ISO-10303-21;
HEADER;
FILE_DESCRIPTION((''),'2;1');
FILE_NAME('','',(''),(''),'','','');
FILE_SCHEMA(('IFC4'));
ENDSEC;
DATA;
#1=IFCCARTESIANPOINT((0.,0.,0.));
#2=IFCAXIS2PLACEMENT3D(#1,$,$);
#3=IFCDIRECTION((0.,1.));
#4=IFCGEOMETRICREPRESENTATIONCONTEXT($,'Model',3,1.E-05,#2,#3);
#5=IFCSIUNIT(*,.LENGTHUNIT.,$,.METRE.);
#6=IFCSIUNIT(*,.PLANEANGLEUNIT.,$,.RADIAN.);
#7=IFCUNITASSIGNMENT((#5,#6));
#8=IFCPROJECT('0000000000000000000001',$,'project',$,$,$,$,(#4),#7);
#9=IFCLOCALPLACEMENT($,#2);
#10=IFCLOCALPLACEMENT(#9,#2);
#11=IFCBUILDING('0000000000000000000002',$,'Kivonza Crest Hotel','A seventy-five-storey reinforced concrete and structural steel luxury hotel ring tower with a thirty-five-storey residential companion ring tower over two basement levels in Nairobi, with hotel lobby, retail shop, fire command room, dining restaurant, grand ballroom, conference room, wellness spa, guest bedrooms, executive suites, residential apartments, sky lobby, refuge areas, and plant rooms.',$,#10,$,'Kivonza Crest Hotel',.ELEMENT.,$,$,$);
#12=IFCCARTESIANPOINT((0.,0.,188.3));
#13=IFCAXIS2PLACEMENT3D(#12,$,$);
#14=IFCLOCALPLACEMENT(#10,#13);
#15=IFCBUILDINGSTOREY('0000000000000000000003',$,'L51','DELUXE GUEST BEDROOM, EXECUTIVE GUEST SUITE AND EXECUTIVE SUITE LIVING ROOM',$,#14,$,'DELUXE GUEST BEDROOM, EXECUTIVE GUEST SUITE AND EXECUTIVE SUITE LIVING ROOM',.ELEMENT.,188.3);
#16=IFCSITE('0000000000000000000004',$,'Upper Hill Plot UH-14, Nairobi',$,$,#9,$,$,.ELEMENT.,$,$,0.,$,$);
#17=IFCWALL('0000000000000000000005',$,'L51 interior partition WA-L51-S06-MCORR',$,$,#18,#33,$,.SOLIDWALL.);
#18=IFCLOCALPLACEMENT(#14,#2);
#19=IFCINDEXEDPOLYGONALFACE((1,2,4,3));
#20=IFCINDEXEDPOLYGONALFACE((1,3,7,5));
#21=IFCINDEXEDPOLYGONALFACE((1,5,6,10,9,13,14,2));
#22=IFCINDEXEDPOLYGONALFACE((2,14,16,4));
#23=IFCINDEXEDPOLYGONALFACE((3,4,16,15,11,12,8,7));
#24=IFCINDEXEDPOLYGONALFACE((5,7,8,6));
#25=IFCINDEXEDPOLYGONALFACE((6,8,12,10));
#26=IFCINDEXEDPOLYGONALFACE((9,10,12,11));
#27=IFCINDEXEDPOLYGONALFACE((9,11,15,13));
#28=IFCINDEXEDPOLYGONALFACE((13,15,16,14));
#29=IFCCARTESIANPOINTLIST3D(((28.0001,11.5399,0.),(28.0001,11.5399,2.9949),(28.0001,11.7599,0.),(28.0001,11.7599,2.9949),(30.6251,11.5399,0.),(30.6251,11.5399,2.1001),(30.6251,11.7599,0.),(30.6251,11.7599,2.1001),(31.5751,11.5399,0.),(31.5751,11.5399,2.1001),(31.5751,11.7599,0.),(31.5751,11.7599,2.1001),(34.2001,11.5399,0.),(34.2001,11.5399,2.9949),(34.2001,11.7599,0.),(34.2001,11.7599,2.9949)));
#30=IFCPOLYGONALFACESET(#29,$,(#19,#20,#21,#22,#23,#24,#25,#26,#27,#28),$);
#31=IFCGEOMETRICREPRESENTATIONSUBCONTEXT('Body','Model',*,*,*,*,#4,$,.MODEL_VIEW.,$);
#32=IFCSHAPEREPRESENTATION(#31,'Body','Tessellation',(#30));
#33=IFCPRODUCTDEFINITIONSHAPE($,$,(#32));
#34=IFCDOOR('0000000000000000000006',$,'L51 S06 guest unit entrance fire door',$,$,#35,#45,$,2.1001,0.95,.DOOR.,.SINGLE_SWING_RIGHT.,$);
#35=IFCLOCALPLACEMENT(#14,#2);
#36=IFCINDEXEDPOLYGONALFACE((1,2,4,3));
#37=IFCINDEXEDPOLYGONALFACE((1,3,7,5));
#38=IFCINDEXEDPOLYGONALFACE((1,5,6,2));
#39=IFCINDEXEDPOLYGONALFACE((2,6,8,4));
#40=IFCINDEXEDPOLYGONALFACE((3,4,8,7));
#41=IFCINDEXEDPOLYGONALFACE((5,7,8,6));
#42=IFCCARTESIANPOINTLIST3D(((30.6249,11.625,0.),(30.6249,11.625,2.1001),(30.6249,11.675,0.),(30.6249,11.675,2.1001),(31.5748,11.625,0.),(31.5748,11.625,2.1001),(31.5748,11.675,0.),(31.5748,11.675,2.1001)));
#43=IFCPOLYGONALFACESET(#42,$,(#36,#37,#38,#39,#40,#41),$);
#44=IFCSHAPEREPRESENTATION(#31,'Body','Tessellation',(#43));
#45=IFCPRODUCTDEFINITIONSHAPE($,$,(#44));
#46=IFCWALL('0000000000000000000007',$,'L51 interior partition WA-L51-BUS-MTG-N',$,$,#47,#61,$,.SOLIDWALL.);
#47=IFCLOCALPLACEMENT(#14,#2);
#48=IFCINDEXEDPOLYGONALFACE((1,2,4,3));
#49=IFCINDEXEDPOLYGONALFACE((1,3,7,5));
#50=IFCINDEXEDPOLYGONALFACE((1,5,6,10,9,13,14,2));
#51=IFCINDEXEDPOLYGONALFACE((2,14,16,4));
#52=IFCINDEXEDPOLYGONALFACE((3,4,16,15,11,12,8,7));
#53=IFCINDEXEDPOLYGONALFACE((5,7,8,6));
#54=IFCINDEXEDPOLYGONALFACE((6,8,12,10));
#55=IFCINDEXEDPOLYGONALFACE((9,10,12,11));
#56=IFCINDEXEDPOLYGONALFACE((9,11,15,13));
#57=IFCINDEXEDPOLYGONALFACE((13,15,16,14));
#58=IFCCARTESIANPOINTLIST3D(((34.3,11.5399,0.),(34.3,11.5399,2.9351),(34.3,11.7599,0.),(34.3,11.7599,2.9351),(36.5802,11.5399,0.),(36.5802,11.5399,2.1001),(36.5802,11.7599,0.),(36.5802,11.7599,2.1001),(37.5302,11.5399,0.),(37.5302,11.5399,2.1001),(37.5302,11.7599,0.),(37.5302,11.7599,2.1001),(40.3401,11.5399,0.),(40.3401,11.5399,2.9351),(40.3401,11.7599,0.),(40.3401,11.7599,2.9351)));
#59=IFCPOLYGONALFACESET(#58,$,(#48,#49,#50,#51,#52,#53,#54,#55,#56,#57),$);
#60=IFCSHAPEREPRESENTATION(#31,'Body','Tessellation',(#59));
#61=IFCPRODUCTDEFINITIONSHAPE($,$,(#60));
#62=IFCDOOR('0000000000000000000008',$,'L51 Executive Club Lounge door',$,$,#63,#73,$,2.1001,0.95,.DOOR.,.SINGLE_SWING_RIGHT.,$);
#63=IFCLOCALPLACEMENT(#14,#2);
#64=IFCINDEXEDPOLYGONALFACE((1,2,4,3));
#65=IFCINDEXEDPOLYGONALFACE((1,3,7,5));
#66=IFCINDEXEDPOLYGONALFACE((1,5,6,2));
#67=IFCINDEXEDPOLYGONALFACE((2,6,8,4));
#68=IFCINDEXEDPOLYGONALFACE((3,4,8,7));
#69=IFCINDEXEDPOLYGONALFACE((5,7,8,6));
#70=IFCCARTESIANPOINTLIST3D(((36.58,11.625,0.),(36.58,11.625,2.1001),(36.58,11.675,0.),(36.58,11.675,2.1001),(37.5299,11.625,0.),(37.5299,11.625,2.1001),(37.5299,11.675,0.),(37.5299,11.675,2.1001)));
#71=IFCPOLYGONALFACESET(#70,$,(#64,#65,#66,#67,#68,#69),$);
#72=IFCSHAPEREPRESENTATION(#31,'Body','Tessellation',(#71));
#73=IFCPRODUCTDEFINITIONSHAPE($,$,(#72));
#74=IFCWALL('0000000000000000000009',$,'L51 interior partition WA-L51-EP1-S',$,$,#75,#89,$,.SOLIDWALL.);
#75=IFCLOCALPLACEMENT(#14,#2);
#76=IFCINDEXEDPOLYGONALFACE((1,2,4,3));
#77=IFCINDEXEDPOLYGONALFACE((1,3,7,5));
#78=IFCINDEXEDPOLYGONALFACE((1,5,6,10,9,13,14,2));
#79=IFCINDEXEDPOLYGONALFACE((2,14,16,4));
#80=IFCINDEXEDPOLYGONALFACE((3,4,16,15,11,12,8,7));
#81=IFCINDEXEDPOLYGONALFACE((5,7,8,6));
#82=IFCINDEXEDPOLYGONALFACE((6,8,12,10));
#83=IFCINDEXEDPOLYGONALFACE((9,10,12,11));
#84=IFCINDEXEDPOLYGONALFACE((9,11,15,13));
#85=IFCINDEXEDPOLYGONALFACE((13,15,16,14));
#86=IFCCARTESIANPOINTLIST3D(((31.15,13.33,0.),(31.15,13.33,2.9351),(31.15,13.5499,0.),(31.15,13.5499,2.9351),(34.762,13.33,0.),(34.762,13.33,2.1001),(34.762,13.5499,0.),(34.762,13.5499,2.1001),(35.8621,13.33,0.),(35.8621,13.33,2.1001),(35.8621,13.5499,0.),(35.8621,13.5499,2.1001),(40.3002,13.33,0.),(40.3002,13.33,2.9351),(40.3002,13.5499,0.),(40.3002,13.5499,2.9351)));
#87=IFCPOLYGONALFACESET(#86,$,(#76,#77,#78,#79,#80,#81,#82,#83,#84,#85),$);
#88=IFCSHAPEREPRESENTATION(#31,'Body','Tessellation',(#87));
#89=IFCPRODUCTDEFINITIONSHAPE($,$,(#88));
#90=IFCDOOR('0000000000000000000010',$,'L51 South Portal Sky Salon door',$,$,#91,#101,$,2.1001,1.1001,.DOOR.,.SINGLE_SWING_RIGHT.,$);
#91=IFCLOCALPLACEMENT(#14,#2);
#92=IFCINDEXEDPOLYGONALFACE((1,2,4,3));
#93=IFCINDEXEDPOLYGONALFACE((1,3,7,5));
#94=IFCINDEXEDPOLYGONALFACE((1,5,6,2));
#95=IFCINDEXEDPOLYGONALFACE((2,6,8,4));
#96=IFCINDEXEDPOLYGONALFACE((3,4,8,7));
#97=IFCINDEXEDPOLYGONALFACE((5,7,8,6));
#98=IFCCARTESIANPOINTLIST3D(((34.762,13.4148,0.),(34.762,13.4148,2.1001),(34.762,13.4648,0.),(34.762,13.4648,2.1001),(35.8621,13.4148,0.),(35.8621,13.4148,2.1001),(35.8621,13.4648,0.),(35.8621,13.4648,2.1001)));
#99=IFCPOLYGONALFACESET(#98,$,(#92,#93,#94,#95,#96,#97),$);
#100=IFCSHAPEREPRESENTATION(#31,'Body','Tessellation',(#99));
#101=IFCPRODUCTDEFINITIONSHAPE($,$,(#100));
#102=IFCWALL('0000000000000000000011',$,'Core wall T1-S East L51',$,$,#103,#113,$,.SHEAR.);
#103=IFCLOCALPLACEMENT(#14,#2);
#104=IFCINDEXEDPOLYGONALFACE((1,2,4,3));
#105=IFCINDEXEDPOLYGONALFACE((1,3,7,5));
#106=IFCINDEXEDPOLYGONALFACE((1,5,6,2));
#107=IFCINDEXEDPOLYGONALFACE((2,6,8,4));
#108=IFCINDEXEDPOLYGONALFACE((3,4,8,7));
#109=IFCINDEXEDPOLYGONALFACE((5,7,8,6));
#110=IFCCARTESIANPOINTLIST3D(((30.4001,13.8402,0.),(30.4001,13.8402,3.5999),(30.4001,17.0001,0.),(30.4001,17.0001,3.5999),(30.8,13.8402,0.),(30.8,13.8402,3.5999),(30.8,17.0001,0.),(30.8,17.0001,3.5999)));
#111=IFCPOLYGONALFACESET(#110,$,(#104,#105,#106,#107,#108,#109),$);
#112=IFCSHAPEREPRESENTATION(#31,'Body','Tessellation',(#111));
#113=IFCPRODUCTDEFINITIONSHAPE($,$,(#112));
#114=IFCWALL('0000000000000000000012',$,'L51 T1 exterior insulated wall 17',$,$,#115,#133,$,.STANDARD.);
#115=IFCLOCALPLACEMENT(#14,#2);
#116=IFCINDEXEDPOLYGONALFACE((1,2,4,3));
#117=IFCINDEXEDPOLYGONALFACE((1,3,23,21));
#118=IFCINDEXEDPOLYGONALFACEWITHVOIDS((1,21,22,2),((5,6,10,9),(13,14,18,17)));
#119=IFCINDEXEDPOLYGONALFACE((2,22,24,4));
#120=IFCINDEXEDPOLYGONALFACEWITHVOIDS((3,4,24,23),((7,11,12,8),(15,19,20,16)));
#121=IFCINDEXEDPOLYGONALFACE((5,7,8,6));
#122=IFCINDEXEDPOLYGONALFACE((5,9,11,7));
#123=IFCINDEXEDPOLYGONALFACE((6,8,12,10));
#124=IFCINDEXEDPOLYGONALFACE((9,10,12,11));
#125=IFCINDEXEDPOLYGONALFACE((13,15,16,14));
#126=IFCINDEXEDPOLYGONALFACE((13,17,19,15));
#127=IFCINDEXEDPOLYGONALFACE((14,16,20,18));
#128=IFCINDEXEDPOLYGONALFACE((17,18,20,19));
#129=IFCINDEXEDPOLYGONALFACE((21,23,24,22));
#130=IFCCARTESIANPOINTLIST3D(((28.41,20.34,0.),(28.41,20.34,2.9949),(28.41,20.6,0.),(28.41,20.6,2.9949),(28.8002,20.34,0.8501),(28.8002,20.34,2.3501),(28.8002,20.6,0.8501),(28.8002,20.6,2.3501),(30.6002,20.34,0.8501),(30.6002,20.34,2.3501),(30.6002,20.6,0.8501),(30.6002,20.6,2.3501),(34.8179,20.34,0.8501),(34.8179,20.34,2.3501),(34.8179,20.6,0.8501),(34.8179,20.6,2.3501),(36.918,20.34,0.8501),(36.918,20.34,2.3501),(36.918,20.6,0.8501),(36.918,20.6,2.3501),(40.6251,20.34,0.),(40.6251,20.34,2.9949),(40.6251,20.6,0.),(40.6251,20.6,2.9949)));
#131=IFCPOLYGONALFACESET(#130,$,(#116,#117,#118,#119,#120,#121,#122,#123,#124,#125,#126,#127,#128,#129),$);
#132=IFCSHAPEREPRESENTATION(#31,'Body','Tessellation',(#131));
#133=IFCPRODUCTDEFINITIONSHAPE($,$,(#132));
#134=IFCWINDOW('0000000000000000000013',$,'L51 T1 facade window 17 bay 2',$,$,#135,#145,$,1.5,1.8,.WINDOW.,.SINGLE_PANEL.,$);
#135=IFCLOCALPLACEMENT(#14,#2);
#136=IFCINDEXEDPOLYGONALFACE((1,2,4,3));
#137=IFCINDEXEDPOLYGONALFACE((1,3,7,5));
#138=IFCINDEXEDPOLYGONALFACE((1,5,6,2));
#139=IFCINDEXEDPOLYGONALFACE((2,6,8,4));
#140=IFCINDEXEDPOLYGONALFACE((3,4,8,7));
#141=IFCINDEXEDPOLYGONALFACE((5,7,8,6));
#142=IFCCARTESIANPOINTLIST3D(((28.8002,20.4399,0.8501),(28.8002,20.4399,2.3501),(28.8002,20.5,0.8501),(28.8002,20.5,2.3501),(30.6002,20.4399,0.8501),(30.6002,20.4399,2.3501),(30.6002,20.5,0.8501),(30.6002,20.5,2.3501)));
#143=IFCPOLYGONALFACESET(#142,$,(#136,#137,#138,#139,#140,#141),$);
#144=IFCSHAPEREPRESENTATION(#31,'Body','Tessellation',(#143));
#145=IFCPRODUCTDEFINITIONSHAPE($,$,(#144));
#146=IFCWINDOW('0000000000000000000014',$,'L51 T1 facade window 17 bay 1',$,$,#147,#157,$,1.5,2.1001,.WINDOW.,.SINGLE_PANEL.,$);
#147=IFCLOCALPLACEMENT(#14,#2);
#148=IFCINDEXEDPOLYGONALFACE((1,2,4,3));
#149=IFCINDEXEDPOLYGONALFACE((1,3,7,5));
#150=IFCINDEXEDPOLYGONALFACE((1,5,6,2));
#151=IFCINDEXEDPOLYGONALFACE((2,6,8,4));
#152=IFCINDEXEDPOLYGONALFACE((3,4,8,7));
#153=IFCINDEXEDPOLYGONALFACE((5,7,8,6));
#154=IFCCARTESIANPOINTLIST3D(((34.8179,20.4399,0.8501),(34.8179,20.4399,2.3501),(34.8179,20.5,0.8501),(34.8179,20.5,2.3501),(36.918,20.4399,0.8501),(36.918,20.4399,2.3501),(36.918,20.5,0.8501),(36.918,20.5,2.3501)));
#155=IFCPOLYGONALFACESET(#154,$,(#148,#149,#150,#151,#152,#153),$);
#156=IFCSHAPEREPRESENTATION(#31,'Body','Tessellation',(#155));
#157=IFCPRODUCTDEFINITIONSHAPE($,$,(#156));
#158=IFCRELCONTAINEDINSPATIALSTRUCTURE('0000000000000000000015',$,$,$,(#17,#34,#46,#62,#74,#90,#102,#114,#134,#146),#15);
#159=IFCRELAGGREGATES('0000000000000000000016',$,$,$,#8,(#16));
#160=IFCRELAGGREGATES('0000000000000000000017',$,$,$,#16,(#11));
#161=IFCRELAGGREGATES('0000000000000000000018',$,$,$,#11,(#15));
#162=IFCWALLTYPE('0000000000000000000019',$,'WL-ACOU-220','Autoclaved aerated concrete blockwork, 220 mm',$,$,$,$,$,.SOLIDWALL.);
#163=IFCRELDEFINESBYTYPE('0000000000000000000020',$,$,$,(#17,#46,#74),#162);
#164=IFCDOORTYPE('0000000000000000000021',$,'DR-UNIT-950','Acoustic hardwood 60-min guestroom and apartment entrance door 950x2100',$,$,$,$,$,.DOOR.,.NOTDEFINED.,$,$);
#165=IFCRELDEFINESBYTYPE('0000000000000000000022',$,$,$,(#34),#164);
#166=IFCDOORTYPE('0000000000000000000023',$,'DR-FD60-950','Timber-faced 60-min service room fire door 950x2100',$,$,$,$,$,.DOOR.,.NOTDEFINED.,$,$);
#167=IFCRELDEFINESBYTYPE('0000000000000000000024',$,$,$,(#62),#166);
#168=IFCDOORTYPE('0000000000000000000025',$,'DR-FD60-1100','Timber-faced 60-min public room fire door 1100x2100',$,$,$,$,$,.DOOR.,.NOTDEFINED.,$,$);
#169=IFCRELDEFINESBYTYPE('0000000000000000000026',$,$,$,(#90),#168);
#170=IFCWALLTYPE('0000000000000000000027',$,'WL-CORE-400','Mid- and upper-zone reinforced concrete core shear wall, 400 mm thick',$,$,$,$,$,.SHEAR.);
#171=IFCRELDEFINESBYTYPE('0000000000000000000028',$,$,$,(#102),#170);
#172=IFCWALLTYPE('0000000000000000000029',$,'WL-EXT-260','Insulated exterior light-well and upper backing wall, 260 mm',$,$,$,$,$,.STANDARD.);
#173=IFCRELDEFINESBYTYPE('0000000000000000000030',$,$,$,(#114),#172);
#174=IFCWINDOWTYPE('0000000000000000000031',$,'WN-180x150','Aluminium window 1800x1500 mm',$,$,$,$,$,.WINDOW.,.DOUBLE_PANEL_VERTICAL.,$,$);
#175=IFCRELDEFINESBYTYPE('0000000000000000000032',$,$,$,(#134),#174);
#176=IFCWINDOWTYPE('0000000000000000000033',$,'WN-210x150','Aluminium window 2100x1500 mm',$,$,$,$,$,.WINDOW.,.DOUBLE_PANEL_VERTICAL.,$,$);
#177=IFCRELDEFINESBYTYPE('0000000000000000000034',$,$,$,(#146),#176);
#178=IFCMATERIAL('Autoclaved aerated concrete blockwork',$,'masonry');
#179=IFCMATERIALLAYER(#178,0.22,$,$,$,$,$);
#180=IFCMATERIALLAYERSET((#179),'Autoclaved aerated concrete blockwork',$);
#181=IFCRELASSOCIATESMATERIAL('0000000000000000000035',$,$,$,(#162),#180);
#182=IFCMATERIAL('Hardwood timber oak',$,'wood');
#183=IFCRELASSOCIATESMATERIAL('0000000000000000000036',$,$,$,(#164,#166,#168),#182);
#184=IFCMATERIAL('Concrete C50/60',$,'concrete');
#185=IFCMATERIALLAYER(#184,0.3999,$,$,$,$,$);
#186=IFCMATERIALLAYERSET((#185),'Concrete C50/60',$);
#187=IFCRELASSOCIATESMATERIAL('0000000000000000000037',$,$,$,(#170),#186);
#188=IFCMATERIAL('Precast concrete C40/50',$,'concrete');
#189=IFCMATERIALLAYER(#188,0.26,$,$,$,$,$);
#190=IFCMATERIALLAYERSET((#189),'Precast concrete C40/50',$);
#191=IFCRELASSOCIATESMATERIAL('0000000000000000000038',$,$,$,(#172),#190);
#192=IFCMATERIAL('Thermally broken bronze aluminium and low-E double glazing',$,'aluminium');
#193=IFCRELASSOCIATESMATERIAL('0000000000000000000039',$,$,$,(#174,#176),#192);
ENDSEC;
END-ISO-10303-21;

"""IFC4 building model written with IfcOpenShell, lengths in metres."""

from ifc_helpers import new_model, si_unit, direction, frame, frame_2d, origin, place, context, subcontext, project, spatial, rectangle, extrude, material, layer, layer_set, type_object, element, fill, save


model = new_model("IFC4")

# Units and contexts
model_context = context("Model", 3, precision=1e-05, world=origin(), true_north=direction((0.0, 1.0)))
body_context = subcontext(model_context, "Body", "Model", "MODEL_VIEW")
ifc_project = project(units=[si_unit("LENGTHUNIT", "METRE"), si_unit("PLANEANGLEUNIT", "RADIAN")], contexts=[model_context])

# Site, building, storey
site_placement = place(None, origin())
site = spatial("IfcSite", under=ifc_project, at=site_placement, Name="Upper Hill Plot UH-14, Nairobi", CompositionType="ELEMENT", RefElevation=0.0)
building_placement = place(site_placement, origin())
building = spatial("IfcBuilding", under=site, at=building_placement, Name="Kivonza Crest Hotel", Description="A seventy-five-storey reinforced concrete and structural steel luxury hotel ring tower with a thirty-five-storey residential companion ring tower over two basement levels in Nairobi, with hotel lobby, retail shop, fire command room, dining restaurant, grand ballroom, conference room, wellness spa, guest bedrooms, executive suites, residential apartments, sky lobby, refuge areas, and plant rooms.", LongName="Kivonza Crest Hotel", CompositionType="ELEMENT")
storey_placement = place(building_placement, frame((0.0, 0.0, 188.3)))
storey = spatial("IfcBuildingStorey", under=building, at=storey_placement, Name="L51", Description="DELUXE GUEST BEDROOM, EXECUTIVE GUEST SUITE AND EXECUTIVE SUITE LIVING ROOM", LongName="DELUXE GUEST BEDROOM, EXECUTIVE GUEST SUITE AND EXECUTIVE SUITE LIVING ROOM", CompositionType="ELEMENT", Elevation=188.3)

# Shared definitions
ifc_material_1 = material(Name="Concrete C50/60", Category="concrete")

# Walls, openings, doors
ifc_material_2 = material(Name="Autoclaved aerated concrete blockwork", Category="masonry")
ifc_layer_1 = layer(ifc_material_2, 0.22)
ifc_layer_set_1 = layer_set([ifc_layer_1], Name="Autoclaved aerated concrete blockwork")
wall_type_1 = type_object("IfcWallType", Name="WL-ACOU-220", Description="Autoclaved aerated concrete blockwork, 220 mm", PredefinedType="SOLIDWALL", material=ifc_layer_set_1)
wall_1_placement = place(storey_placement, frame((28.0, 11.6499, 0.0), z_axis=(0.0, 0.0, 1.0), x_axis=(1.0, 0.0, 0.0)))
wall_1 = element("IfcWall", 1, at=wall_1_placement, inside=storey, type_object=wall_type_1, Name="L51 interior partition WA-L51-S06-MCORR", PredefinedType="SOLIDWALL", context=body_context, shape_type="SweptSolid", body=[
    extrude(rectangle(XDim=6.2, YDim=0.22, at=frame_2d((3.1001, 0.0))), origin(), (0.0, 0.0, 1.0), 2.9949),
])
opening_1_placement = place(wall_1_placement, frame((2.625, 0.0, 0.0)))
opening_1 = element("IfcOpeningElement", 2, at=opening_1_placement, cuts=wall_1, PredefinedType="OPENING", context=body_context, shape_type="SweptSolid", body=[
    extrude(rectangle(XDim=0.95, YDim=2.1001, at=frame_2d((0.4751, 1.05))), frame((0.0, 0.1201, 0.0), z_axis=(0.0, -1.0, 0.0), x_axis=(1.0, 0.0, 0.0)), (0.0, 0.0, 1.0), 0.24),
])
ifc_material_3 = material(Name="Hardwood timber oak", Category="wood")
door_type_1 = type_object("IfcDoorType", Name="DR-UNIT-950", Description="Acoustic hardwood 60-min guestroom and apartment entrance door 950x2100", OperationType="NOTDEFINED", PredefinedType="DOOR", material=ifc_material_3)
door_1_placement = place(opening_1_placement, frame((0.95, 0.0, 0.0), z_axis=(0.0, 0.0, 1.0), x_axis=(-1.0, 0.0, 0.0)))
door_1 = element("IfcDoor", 3, at=door_1_placement, inside=storey, type_object=door_type_1, Name="L51 S06 guest unit entrance fire door", OperationType="SINGLE_SWING_RIGHT", OverallHeight=2.1001, OverallWidth=0.95, PredefinedType="DOOR", context=body_context, shape_type="SweptSolid", body=[
    extrude(rectangle(XDim=0.95, YDim=2.1001, at=frame_2d((0.4751, 1.05))), frame((0.0, 0.0249, 0.0), z_axis=(0.0, -1.0, 0.0), x_axis=(1.0, 0.0, 0.0)), (0.0, 0.0, 1.0), 0.05),
])
fill(opening_1, door_1)
wall_2_placement = place(storey_placement, frame((34.3, 11.6499, 0.0), z_axis=(0.0, 0.0, 1.0), x_axis=(1.0, 0.0, 0.0)))
wall_2 = element("IfcWall", 4, at=wall_2_placement, inside=storey, type_object=wall_type_1, Name="L51 interior partition WA-L51-BUS-MTG-N", PredefinedType="SOLIDWALL", context=body_context, shape_type="SweptSolid", body=[
    extrude(rectangle(XDim=6.04, YDim=0.22, at=frame_2d((3.02, 0.0))), origin(), (0.0, 0.0, 1.0), 2.9351),
])
opening_2_placement = place(wall_2_placement, frame((2.28, 0.0, 0.0)))
opening_2 = element("IfcOpeningElement", 5, at=opening_2_placement, cuts=wall_2, PredefinedType="OPENING", context=body_context, shape_type="SweptSolid", body=[
    extrude(rectangle(XDim=0.95, YDim=2.1001, at=frame_2d((0.4751, 1.05))), frame((0.0, 0.1201, 0.0), z_axis=(0.0, -1.0, 0.0), x_axis=(1.0, 0.0, 0.0)), (0.0, 0.0, 1.0), 0.24),
])
door_type_2 = type_object("IfcDoorType", Name="DR-FD60-950", Description="Timber-faced 60-min service room fire door 950x2100", OperationType="NOTDEFINED", PredefinedType="DOOR", material=ifc_material_3)
door_2_placement = place(opening_2_placement, frame((0.95, 0.0, 0.0), z_axis=(0.0, 0.0, 1.0), x_axis=(-1.0, 0.0, 0.0)))
door_2 = element("IfcDoor", 6, at=door_2_placement, inside=storey, type_object=door_type_2, Name="L51 Executive Club Lounge door", OperationType="SINGLE_SWING_RIGHT", OverallHeight=2.1001, OverallWidth=0.95, PredefinedType="DOOR", context=body_context, shape_type="SweptSolid", body=[
    extrude(rectangle(XDim=0.95, YDim=2.1001, at=frame_2d((0.4751, 1.05))), frame((0.0, 0.0249, 0.0), z_axis=(0.0, -1.0, 0.0), x_axis=(1.0, 0.0, 0.0)), (0.0, 0.0, 1.0), 0.05),
])
fill(opening_2, door_2)
wall_3_placement = place(storey_placement, frame((31.1499, 13.4399, 0.0), z_axis=(0.0, 0.0, 1.0), x_axis=(1.0, 0.0, 0.0)))
wall_3 = element("IfcWall", 7, at=wall_3_placement, inside=storey, type_object=wall_type_1, Name="L51 interior partition WA-L51-EP1-S", PredefinedType="SOLIDWALL", context=body_context, shape_type="SweptSolid", body=[
    extrude(rectangle(XDim=9.1501, YDim=0.22, at=frame_2d((4.5752, 0.0))), origin(), (0.0, 0.0, 1.0), 2.9351),
])
opening_3_placement = place(wall_3_placement, frame((3.6121, 0.0, 0.0)))
opening_3 = element("IfcOpeningElement", 8, at=opening_3_placement, cuts=wall_3, PredefinedType="OPENING", context=body_context, shape_type="SweptSolid", body=[
    extrude(rectangle(XDim=1.1001, YDim=2.1001, at=frame_2d((0.55, 1.05))), frame((0.0, 0.1201, 0.0), z_axis=(0.0, -1.0, 0.0), x_axis=(1.0, 0.0, 0.0)), (0.0, 0.0, 1.0), 0.24),
])
door_type_3 = type_object("IfcDoorType", Name="DR-FD60-1100", Description="Timber-faced 60-min public room fire door 1100x2100", OperationType="NOTDEFINED", PredefinedType="DOOR", material=ifc_material_3)
door_3_placement = place(opening_3_placement, origin())
door_3 = element("IfcDoor", 9, at=door_3_placement, inside=storey, type_object=door_type_3, Name="L51 South Portal Sky Salon door", OperationType="SINGLE_SWING_RIGHT", OverallHeight=2.1001, OverallWidth=1.1001, PredefinedType="DOOR", context=body_context, shape_type="SweptSolid", body=[
    extrude(rectangle(XDim=1.1001, YDim=2.1001, at=frame_2d((0.55, 1.05))), frame((0.0, 0.0249, 0.0), z_axis=(0.0, -1.0, 0.0), x_axis=(1.0, 0.0, 0.0)), (0.0, 0.0, 1.0), 0.05),
])
fill(opening_3, door_3)

# Wall
ifc_layer_2 = layer(ifc_material_1, 0.3999)
ifc_layer_set_2 = layer_set([ifc_layer_2], Name="Concrete C50/60")
wall_type_2 = type_object("IfcWallType", Name="WL-CORE-400", Description="Mid- and upper-zone reinforced concrete core shear wall, 400 mm thick", PredefinedType="SHEAR", material=ifc_layer_set_2)
wall_4_placement = place(storey_placement, frame((30.6001, 13.8401, 0.0), z_axis=(0.0, 0.0, 1.0), x_axis=(0.0, 1.0, 0.0)))
element("IfcWall", 10, at=wall_4_placement, inside=storey, type_object=wall_type_2, Name="Core wall T1-S East L51", PredefinedType="SHEAR", context=body_context, shape_type="SweptSolid", body=[
    extrude(rectangle(XDim=3.1599, YDim=0.3999, at=frame_2d((1.5801, 0.0))), origin(), (0.0, 0.0, 1.0), 3.5999),
])

# Wall, openings, windows
ifc_material_4 = material(Name="Precast concrete C40/50", Category="concrete")
ifc_layer_3 = layer(ifc_material_4, 0.26)
ifc_layer_set_3 = layer_set([ifc_layer_3], Name="Precast concrete C40/50")
wall_type_3 = type_object("IfcWallType", Name="WL-EXT-260", Description="Insulated exterior light-well and upper backing wall, 260 mm", PredefinedType="STANDARD", material=ifc_layer_set_3)
wall_5_placement = place(storey_placement, frame((40.625, 20.47, 0.0), z_axis=(0.0, 0.0, 1.0), x_axis=(-1.0, 0.0, 0.0)))
wall_5 = element("IfcWall", 11, at=wall_5_placement, inside=storey, type_object=wall_type_3, Name="L51 T1 exterior insulated wall 17", PredefinedType="STANDARD", context=body_context, shape_type="SweptSolid", body=[
    extrude(rectangle(XDim=12.2151, YDim=0.26, at=frame_2d((6.1074, 0.0))), origin(), (0.0, 0.0, 1.0), 2.9949),
])
opening_4_placement = place(wall_5_placement, frame((3.707, 0.0, 0.8501)))
opening_4 = element("IfcOpeningElement", 12, at=opening_4_placement, cuts=wall_5, PredefinedType="OPENING", context=body_context, shape_type="SweptSolid", body=[
    extrude(rectangle(XDim=2.1001, YDim=1.5, at=frame_2d((1.05, 0.75))), frame((0.0, 0.1401, 0.0), z_axis=(0.0, -1.0, 0.0), x_axis=(1.0, 0.0, 0.0)), (0.0, 0.0, 1.0), 0.28),
])
opening_5_placement = place(wall_5_placement, frame((10.0249, 0.0, 0.8501)))
opening_5 = element("IfcOpeningElement", 13, at=opening_5_placement, cuts=wall_5, PredefinedType="OPENING", context=body_context, shape_type="SweptSolid", body=[
    extrude(rectangle(XDim=1.8, YDim=1.5, at=frame_2d((0.8999, 0.75))), frame((0.0, 0.1401, 0.0), z_axis=(0.0, -1.0, 0.0), x_axis=(1.0, 0.0, 0.0)), (0.0, 0.0, 1.0), 0.28),
])
ifc_material_5 = material(Name="Thermally broken bronze aluminium and low-E double glazing", Category="aluminium")
window_type_1 = type_object("IfcWindowType", Name="WN-180x150", Description="Aluminium window 1800x1500 mm", PartitioningType="DOUBLE_PANEL_VERTICAL", PredefinedType="WINDOW", material=ifc_material_5)
window_1_placement = place(opening_5_placement, origin())
window_1 = element("IfcWindow", 14, at=window_1_placement, inside=storey, type_object=window_type_1, Name="L51 T1 facade window 17 bay 2", OverallHeight=1.5, OverallWidth=1.8, PartitioningType="SINGLE_PANEL", PredefinedType="WINDOW", context=body_context, shape_type="SweptSolid", body=[
    extrude(rectangle(XDim=1.8, YDim=1.5, at=frame_2d((0.8999, 0.75))), frame((0.0, 0.03, 0.0), z_axis=(0.0, -1.0, 0.0), x_axis=(1.0, 0.0, 0.0)), (0.0, 0.0, 1.0), 0.0601),
])
fill(opening_5, window_1)
window_type_2 = type_object("IfcWindowType", Name="WN-210x150", Description="Aluminium window 2100x1500 mm", PartitioningType="DOUBLE_PANEL_VERTICAL", PredefinedType="WINDOW", material=ifc_material_5)
window_2_placement = place(opening_4_placement, origin())
window_2 = element("IfcWindow", 15, at=window_2_placement, inside=storey, type_object=window_type_2, Name="L51 T1 facade window 17 bay 1", OverallHeight=1.5, OverallWidth=2.1001, PartitioningType="SINGLE_PANEL", PredefinedType="WINDOW", context=body_context, shape_type="SweptSolid", body=[
    extrude(rectangle(XDim=2.1001, YDim=1.5, at=frame_2d((1.05, 0.75))), frame((0.0, 0.03, 0.0), z_axis=(0.0, -1.0, 0.0), x_axis=(1.0, 0.0, 0.0)), (0.0, 0.0, 1.0), 0.0601),
])
fill(opening_4, window_2)

save(model, "model.ifc")
